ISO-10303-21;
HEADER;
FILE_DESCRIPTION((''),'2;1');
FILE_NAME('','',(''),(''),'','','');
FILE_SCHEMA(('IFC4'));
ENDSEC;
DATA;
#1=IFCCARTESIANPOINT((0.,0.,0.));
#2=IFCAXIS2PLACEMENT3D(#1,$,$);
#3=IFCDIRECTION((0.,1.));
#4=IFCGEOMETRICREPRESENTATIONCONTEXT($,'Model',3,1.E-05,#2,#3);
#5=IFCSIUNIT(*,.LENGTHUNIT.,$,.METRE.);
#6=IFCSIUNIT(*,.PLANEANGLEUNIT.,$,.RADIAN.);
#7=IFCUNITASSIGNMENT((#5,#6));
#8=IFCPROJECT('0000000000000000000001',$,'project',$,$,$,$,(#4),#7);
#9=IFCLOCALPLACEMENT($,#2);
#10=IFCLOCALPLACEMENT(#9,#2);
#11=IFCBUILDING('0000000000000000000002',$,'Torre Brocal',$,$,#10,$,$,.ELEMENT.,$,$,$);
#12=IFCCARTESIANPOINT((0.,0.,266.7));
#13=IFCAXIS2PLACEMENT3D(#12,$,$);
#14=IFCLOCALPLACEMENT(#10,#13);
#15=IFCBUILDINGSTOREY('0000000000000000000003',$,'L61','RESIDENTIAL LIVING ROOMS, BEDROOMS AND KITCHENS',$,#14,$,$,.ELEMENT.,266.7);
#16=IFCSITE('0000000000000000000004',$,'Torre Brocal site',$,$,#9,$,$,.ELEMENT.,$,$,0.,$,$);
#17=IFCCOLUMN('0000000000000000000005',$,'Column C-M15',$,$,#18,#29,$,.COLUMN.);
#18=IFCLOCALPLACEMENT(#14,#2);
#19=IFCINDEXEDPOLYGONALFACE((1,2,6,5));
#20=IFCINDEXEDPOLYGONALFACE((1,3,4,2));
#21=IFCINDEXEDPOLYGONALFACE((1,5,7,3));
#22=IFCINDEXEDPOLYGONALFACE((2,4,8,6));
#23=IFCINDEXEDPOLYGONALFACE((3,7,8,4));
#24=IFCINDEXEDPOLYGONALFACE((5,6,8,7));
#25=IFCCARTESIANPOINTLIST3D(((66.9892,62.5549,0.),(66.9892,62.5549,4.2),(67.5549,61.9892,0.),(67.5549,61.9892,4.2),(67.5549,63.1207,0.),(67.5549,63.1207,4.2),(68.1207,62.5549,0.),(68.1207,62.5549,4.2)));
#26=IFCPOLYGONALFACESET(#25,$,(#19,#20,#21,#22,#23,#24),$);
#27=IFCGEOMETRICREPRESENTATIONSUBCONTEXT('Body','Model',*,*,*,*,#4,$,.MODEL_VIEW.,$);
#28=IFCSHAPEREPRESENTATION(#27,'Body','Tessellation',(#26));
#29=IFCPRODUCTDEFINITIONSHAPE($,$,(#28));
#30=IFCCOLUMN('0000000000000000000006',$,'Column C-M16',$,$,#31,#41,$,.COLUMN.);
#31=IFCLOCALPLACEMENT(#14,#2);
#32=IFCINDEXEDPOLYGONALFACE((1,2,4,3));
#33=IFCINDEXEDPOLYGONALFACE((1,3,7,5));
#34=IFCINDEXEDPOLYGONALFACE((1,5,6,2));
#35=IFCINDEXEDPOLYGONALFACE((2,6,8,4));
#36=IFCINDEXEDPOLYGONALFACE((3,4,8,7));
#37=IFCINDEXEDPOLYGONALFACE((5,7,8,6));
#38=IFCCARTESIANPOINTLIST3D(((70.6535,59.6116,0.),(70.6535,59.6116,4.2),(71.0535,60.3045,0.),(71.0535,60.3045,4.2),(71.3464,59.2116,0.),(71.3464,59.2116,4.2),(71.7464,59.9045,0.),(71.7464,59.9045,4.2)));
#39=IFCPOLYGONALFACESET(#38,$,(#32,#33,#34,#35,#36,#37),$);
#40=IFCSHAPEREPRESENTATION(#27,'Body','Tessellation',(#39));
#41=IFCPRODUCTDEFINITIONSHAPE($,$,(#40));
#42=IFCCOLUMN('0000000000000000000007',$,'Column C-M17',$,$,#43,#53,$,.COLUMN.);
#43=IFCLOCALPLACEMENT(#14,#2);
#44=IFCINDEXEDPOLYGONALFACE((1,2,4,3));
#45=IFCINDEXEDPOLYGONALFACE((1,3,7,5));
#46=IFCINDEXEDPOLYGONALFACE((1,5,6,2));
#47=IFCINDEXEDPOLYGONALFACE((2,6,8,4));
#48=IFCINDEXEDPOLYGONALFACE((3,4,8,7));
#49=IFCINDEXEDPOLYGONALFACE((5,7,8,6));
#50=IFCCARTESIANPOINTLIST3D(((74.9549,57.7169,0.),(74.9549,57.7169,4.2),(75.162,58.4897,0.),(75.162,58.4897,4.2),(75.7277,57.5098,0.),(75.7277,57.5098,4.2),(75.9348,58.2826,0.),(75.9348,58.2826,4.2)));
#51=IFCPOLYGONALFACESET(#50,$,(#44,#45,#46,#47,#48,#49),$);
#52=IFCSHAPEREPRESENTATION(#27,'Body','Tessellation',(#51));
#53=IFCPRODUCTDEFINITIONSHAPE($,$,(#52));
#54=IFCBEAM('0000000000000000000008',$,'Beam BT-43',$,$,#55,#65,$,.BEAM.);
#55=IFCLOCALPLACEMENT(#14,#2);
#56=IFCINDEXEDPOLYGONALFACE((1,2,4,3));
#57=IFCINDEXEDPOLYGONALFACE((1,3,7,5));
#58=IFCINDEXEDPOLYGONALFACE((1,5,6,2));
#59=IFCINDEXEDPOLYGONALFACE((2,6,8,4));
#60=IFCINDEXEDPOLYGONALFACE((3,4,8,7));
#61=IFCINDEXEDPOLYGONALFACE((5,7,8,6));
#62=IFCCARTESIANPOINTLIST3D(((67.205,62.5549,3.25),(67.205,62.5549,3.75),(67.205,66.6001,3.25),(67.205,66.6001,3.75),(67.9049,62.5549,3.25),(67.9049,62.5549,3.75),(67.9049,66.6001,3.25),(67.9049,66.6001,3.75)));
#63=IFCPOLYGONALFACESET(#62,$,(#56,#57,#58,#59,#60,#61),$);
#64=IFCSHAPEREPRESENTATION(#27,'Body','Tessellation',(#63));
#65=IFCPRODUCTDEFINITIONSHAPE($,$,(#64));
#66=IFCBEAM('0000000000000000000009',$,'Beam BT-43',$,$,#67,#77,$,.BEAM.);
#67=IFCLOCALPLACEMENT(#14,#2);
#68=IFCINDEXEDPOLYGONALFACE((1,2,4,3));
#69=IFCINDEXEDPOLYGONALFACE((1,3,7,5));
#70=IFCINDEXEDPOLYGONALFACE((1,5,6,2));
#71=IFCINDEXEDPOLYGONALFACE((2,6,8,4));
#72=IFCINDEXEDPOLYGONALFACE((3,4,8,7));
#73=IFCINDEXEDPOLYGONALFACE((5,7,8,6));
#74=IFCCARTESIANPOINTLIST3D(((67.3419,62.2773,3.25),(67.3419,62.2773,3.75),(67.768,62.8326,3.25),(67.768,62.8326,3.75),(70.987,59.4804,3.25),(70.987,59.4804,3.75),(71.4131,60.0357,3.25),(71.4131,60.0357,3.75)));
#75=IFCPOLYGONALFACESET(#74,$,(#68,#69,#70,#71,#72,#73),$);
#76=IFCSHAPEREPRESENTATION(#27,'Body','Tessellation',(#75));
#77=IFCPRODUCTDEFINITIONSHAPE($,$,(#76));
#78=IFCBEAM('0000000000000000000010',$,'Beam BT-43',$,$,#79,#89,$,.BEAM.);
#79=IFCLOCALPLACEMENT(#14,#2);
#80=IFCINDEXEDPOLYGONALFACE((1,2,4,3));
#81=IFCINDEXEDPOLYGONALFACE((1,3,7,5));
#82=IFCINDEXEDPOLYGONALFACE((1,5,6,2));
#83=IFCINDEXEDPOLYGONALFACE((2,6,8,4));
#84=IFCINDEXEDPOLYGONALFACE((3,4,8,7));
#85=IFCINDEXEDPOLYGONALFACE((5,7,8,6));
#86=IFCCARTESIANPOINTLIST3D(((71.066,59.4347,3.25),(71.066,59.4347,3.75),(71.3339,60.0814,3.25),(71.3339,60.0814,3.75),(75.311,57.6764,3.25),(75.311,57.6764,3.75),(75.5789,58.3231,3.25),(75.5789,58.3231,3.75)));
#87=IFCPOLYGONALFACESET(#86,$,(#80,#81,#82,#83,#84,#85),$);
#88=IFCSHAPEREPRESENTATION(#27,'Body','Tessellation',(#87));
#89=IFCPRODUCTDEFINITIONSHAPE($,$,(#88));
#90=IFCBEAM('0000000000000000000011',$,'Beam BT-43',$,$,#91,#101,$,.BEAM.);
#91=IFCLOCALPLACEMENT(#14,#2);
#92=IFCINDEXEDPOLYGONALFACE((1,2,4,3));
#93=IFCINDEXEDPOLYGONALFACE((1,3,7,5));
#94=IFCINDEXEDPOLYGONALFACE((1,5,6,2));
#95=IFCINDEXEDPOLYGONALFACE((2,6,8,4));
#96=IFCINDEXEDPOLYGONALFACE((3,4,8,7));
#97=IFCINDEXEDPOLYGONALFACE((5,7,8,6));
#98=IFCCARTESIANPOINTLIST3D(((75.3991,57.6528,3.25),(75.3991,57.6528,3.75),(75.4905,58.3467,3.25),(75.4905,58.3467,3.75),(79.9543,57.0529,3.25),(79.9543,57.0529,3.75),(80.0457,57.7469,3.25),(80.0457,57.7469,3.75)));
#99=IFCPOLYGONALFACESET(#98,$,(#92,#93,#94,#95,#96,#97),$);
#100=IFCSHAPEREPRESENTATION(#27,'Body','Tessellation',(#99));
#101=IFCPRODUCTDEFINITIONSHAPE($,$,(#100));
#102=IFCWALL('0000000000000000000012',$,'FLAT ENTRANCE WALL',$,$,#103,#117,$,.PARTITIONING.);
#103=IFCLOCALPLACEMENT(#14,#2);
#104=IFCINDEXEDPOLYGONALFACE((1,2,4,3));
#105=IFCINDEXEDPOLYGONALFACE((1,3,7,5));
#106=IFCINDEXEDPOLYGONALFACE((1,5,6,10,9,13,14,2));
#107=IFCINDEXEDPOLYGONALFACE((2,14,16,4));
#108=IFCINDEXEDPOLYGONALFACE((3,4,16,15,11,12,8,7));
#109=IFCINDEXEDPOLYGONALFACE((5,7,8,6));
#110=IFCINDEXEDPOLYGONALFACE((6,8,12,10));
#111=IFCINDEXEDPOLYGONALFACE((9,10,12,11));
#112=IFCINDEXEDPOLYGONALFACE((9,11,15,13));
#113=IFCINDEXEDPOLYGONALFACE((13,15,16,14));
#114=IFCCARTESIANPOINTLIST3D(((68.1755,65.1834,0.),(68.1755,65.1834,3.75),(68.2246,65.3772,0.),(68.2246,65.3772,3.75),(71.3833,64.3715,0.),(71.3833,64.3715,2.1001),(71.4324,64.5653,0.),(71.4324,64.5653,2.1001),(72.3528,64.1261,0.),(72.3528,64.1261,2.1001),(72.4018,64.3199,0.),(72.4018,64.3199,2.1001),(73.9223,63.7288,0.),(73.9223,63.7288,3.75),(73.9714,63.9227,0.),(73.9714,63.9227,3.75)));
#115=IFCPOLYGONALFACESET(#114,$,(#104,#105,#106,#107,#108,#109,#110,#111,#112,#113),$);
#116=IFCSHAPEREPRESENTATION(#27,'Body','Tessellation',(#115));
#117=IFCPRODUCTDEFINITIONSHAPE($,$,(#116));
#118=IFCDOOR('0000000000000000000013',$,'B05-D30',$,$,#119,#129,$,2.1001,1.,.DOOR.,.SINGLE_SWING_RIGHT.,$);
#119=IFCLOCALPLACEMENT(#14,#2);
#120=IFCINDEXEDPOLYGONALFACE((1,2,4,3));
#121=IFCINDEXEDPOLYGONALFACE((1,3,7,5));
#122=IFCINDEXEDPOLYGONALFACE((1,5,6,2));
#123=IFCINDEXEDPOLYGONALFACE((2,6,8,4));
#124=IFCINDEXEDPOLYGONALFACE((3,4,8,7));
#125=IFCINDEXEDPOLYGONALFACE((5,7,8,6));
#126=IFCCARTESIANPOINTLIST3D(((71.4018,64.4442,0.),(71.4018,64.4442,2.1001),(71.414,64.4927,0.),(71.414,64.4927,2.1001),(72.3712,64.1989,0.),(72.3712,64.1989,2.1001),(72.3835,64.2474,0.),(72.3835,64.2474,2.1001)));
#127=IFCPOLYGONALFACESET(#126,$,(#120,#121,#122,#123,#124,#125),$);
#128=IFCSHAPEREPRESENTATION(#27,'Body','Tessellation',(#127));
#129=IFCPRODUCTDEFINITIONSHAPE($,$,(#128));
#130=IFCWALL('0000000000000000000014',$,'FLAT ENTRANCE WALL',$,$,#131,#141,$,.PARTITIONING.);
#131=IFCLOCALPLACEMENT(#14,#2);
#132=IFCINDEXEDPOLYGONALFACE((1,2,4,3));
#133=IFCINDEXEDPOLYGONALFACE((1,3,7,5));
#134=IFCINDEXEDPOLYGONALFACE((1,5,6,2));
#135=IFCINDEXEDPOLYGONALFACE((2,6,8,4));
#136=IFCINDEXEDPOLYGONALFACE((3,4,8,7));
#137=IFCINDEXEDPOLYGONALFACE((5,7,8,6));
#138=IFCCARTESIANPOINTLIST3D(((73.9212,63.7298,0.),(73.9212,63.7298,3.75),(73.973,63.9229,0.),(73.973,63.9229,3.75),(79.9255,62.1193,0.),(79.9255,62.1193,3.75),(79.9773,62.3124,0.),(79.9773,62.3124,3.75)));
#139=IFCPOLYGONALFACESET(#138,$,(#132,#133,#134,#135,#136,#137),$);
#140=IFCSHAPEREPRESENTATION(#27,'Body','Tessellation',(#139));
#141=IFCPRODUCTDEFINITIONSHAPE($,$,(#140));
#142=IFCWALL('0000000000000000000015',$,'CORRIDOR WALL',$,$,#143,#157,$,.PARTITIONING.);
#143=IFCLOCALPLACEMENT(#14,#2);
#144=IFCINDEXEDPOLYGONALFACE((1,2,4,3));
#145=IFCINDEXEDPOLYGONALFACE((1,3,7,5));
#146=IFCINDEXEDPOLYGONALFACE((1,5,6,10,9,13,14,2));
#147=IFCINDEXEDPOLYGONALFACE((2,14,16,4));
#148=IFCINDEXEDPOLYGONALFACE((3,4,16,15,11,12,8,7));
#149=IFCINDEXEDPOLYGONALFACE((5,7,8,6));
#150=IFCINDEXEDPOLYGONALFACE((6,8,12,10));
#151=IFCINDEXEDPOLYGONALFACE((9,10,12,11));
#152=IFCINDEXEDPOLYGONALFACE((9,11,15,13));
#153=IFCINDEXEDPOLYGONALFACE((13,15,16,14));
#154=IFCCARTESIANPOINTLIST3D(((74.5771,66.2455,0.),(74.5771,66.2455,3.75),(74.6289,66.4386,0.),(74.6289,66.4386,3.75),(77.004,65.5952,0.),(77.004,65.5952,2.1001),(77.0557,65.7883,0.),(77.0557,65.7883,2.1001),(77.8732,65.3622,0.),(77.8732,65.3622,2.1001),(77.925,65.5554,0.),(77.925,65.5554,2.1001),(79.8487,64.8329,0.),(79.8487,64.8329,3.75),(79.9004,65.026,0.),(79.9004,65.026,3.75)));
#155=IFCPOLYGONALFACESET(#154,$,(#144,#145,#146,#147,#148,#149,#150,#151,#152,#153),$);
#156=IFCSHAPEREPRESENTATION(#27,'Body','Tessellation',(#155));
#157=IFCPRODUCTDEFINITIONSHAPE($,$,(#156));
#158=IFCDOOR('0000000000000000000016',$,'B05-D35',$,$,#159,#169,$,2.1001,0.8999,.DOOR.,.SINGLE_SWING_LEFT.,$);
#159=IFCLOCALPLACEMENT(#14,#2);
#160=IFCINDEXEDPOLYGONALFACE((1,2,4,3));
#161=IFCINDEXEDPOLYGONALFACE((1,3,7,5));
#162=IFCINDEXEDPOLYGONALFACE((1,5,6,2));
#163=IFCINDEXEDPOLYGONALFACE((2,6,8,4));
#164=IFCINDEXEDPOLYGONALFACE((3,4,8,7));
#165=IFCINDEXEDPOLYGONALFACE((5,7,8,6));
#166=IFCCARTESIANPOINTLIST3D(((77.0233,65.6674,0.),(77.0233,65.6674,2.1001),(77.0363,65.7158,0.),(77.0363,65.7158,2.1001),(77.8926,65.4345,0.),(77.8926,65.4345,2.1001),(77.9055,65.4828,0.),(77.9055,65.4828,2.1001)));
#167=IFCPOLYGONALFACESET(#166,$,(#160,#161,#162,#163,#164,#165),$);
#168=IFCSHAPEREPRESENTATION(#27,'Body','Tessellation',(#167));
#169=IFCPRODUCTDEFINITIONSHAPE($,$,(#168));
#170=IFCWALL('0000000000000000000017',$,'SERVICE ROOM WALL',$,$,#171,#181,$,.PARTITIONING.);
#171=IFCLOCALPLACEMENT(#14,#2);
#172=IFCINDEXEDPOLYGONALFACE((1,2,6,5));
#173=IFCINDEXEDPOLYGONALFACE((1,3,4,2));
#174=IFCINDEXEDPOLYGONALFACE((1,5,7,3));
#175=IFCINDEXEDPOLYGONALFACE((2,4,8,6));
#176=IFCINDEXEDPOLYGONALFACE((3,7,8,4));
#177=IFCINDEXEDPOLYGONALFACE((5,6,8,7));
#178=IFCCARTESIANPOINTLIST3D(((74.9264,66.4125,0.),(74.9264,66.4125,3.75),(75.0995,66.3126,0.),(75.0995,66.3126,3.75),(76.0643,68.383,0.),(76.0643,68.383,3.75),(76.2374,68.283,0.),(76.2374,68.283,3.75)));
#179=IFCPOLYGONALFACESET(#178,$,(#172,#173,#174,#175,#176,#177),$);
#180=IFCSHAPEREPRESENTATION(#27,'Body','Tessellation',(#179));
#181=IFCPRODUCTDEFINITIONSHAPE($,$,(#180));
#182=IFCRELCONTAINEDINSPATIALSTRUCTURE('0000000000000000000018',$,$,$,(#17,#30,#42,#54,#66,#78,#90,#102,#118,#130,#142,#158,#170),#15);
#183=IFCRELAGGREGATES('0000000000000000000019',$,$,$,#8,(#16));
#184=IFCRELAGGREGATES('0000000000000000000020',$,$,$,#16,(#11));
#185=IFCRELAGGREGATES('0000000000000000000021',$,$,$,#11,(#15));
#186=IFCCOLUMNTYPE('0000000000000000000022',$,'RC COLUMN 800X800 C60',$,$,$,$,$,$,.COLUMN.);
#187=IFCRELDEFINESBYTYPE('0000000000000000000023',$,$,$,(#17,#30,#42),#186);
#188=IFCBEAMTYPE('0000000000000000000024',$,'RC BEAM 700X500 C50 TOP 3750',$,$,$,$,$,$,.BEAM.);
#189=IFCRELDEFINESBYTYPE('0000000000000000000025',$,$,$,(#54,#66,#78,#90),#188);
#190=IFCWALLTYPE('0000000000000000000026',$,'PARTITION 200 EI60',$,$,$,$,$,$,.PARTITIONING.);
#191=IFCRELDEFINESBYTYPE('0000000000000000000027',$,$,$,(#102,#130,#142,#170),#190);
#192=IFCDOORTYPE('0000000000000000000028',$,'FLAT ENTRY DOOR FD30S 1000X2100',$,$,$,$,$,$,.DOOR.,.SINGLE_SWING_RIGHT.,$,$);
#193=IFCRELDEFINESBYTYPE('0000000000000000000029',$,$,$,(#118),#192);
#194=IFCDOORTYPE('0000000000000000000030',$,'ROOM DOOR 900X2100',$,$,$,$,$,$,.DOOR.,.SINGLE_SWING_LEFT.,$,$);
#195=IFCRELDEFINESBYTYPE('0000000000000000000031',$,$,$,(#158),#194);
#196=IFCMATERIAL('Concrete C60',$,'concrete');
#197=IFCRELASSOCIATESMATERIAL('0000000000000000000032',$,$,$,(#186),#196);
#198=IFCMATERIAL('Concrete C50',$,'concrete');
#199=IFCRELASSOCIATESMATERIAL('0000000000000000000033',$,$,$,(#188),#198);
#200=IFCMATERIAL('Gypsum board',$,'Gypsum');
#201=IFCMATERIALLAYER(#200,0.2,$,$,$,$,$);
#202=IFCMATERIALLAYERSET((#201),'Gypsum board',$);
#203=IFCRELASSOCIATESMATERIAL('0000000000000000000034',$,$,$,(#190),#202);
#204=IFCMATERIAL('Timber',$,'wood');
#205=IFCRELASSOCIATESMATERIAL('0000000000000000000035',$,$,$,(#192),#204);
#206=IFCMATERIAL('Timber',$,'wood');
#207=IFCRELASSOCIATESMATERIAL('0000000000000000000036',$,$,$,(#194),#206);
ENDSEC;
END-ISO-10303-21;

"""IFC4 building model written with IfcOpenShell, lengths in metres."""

from ifc_helpers import new_model, si_unit, direction, frame, frame_2d, origin, origin_2d, place, context, subcontext, project, spatial, rectangle, extrude, material, layer, layer_set, material_profile, profile_set, type_object, element, fill, save


model = new_model("IFC4")

# Units and contexts
model_context = context("Model", 3, precision=1e-05, world=origin(), true_north=direction((0.0, 1.0)))
body_context = subcontext(model_context, "Body", "Model", "MODEL_VIEW")
ifc_project = project(units=[si_unit("LENGTHUNIT", "METRE"), si_unit("PLANEANGLEUNIT", "RADIAN")], contexts=[model_context])

# Site, building, storey
site_placement = place(None, origin())
site = spatial("IfcSite", under=ifc_project, at=site_placement, Name="Torre Brocal site", CompositionType="ELEMENT", RefElevation=0.0)
building_placement = place(site_placement, origin())
building = spatial("IfcBuilding", under=site, at=building_placement, Name="Torre Brocal", CompositionType="ELEMENT")
storey_placement = place(building_placement, frame((0.0, 0.0, 266.7)))
storey = spatial("IfcBuildingStorey", under=building, at=storey_placement, Name="L61", Description="RESIDENTIAL LIVING ROOMS, BEDROOMS AND KITCHENS", CompositionType="ELEMENT", Elevation=266.7)

# Columns
ifc_material_1 = material(Name="Concrete C60", Category="concrete")
ifc_material_profile_1 = material_profile(ifc_material_1, rectangle(XDim=0.8, YDim=0.8, at=origin_2d()), Name="RC 800X800")
ifc_profile_set_1 = profile_set([ifc_material_profile_1], Name="Concrete C60")
column_type = type_object("IfcColumnType", Name="RC COLUMN 800X800 C60", PredefinedType="COLUMN", material=ifc_profile_set_1)
for number, where, z_axis, x_axis, name in (
    (1, (67.5549, 62.5549, 0.0), (0.0, 0.0, 1.0), (-0.707107, -0.707107, 0.0), "Column C-M15"),
    (2, (71.2, 59.7581, 0.0), (0.0, 0.0, 1.0), (-0.5, -0.866025, 0.0), "Column C-M16"),
    (3, (75.4448, 57.9998, 0.0), (0.0, 0.0, 1.0), (-0.258819, -0.965926, 0.0), "Column C-M17"),
):
    element("IfcColumn", number, at=place(storey_placement, frame(where, z_axis=z_axis, x_axis=x_axis)), inside=storey, type_object=column_type, Name=name, PredefinedType="COLUMN", context=body_context, shape_type="SweptSolid", body=[
        extrude(rectangle(XDim=0.8, YDim=0.8, at=origin_2d()), origin(), (0.0, 0.0, 1.0), 4.2),
    ])

# Beams
ifc_material_2 = material(Name="Concrete C50", Category="concrete")
ifc_material_profile_2 = material_profile(ifc_material_2, rectangle(XDim=0.7, YDim=0.5, at=origin_2d()), Name="RC 700X500")
ifc_profile_set_2 = profile_set([ifc_material_profile_2], Name="Concrete C50")
beam_type = type_object("IfcBeamType", Name="RC BEAM 700X500 C50 TOP 3750", PredefinedType="BEAM", material=ifc_profile_set_2)
beam_1_placement = place(storey_placement, frame((67.5549, 62.5549, 3.5), z_axis=(0.0, 1.0, 0.0), x_axis=(-1.0, 0.0, 0.0)))
element("IfcBeam", 4, at=beam_1_placement, inside=storey, type_object=beam_type, Name="Beam BT-43", PredefinedType="BEAM", context=body_context, shape_type="SweptSolid", body=[
    extrude(rectangle(XDim=0.7, YDim=0.5, at=origin_2d()), origin(), (0.0, 0.0, 1.0), 4.0452),
])
beam_2_placement = place(storey_placement, frame((67.5549, 62.5549, 3.5), z_axis=(0.793358, -0.608755, 0.0), x_axis=(0.608755, 0.793358, 0.0)))
element("IfcBeam", 5, at=beam_2_placement, inside=storey, type_object=beam_type, Name="Beam BT-43", PredefinedType="BEAM", context=body_context, shape_type="SweptSolid", body=[
    extrude(rectangle(XDim=0.7, YDim=0.5, at=origin_2d()), origin(), (0.0, 0.0, 1.0), 4.5945),
])
beam_3_placement = place(storey_placement, frame((71.2, 59.7581, 3.5), z_axis=(0.923878, -0.382687, 0.0), x_axis=(0.382687, 0.923878, 0.0)))
element("IfcBeam", 6, at=beam_3_placement, inside=storey, type_object=beam_type, Name="Beam BT-43", PredefinedType="BEAM", context=body_context, shape_type="SweptSolid", body=[
    extrude(rectangle(XDim=0.7, YDim=0.5, at=origin_2d()), origin(), (0.0, 0.0, 1.0), 4.5947),
])
beam_4_placement = place(storey_placement, frame((75.4448, 57.9998, 3.5), z_axis=(0.991441, -0.130559, 0.0), x_axis=(0.130559, 0.991441, 0.0)))
element("IfcBeam", 7, at=beam_4_placement, inside=storey, type_object=beam_type, Name="Beam BT-43", PredefinedType="BEAM", context=body_context, shape_type="SweptSolid", body=[
    extrude(rectangle(XDim=0.7, YDim=0.5, at=origin_2d()), origin(), (0.0, 0.0, 1.0), 4.5945),
])

# Wall, opening, door
ifc_material_3 = material(Name="Gypsum board", Category="Gypsum")
ifc_layer = layer(ifc_material_3, 0.2)
ifc_layer_set = layer_set([ifc_layer], Name="Gypsum board")
wall_type = type_object("IfcWallType", Name="PARTITION 200 EI60", PredefinedType="PARTITIONING", material=ifc_layer_set)
wall_1_placement = place(storey_placement, frame((68.2002, 65.2803, 0.0), z_axis=(0.0, 0.0, 1.0), x_axis=(0.969429, -0.245374, 0.0)))
wall_1 = element("IfcWall", 8, at=wall_1_placement, inside=storey, type_object=wall_type, Name="FLAT ENTRANCE WALL", PredefinedType="PARTITIONING", context=body_context, shape_type="SweptSolid", body=[
    extrude(rectangle(XDim=5.928, YDim=0.2, at=frame_2d((2.9639, 0.0))), origin(), (0.0, 0.0, 1.0), 3.75),
])
opening_1_placement = place(wall_1_placement, frame((3.3088, 0.0, 0.0)))
opening_1 = element("IfcOpeningElement", 9, at=opening_1_placement, cuts=wall_1, PredefinedType="OPENING", context=body_context, shape_type="SweptSolid", body=[
    extrude(rectangle(XDim=1.0, YDim=2.1001, at=frame_2d((0.5, 1.05))), frame((0.0, 0.1099, 0.0), z_axis=(0.0, -1.0, 0.0), x_axis=(1.0, 0.0, 0.0)), (0.0, 0.0, 1.0), 0.22),
])
ifc_material_4 = material(Name="Timber", Category="wood")
door_type_1 = type_object("IfcDoorType", Name="FLAT ENTRY DOOR FD30S 1000X2100", OperationType="SINGLE_SWING_RIGHT", PredefinedType="DOOR", material=ifc_material_4)
door_1_placement = place(opening_1_placement, frame((1.0, 0.0, 0.0), z_axis=(0.0, 0.0, 1.0), x_axis=(-1.0, 0.0, 0.0)))
door_1 = element("IfcDoor", 10, at=door_1_placement, inside=storey, type_object=door_type_1, Name="B05-D30", OperationType="SINGLE_SWING_RIGHT", OverallHeight=2.1001, OverallWidth=1.0, PredefinedType="DOOR", context=body_context, shape_type="SweptSolid", body=[
    extrude(rectangle(XDim=1.0, YDim=2.1001, at=frame_2d((0.5, 1.05))), frame((0.0, 0.0249, 0.0), z_axis=(0.0, -1.0, 0.0), x_axis=(1.0, 0.0, 0.0)), (0.0, 0.0, 1.0), 0.05),
])
fill(opening_1, door_1)

# Wall
wall_2_placement = place(storey_placement, frame((73.947, 63.8264, 0.0), z_axis=(0.0, 0.0, 1.0), x_axis=(0.965857, -0.259078, 0.0)))
element("IfcWall", 11, at=wall_2_placement, inside=storey, type_object=wall_type, Name="FLAT ENTRANCE WALL", PredefinedType="PARTITIONING", context=body_context, shape_type="SweptSolid", body=[
    extrude(rectangle(XDim=6.2166, YDim=0.2, at=frame_2d((3.1084, 0.0))), origin(), (0.0, 0.0, 1.0), 3.75),
])

# Wall, opening, door
wall_3_placement = place(storey_placement, frame((74.603, 66.342, 0.0), z_axis=(0.0, 0.0, 1.0), x_axis=(0.965921, -0.258837, 0.0)))
wall_3 = element("IfcWall", 12, at=wall_3_placement, inside=storey, type_object=wall_type, Name="CORRIDOR WALL", PredefinedType="PARTITIONING", context=body_context, shape_type="SweptSolid", body=[
    extrude(rectangle(XDim=5.4575, YDim=0.2, at=frame_2d((2.7288, 0.0))), origin(), (0.0, 0.0, 1.0), 3.75),
])
opening_2_placement = place(wall_3_placement, frame((2.5125, 0.0, 0.0)))
opening_2 = element("IfcOpeningElement", 13, at=opening_2_placement, cuts=wall_3, PredefinedType="OPENING", context=body_context, shape_type="SweptSolid", body=[
    extrude(rectangle(XDim=0.8999, YDim=2.1001, at=frame_2d((0.45, 1.05))), frame((0.0, 0.1099, 0.0), z_axis=(0.0, -1.0, 0.0), x_axis=(1.0, 0.0, 0.0)), (0.0, 0.0, 1.0), 0.22),
])
ifc_material_5 = material(Name="Timber", Category="wood")
door_type_2 = type_object("IfcDoorType", Name="ROOM DOOR 900X2100", OperationType="SINGLE_SWING_LEFT", PredefinedType="DOOR", material=ifc_material_5)
door_2_placement = place(opening_2_placement, origin())
door_2 = element("IfcDoor", 14, at=door_2_placement, inside=storey, type_object=door_type_2, Name="B05-D35", OperationType="SINGLE_SWING_LEFT", OverallHeight=2.1001, OverallWidth=0.8999, PredefinedType="DOOR", context=body_context, shape_type="SweptSolid", body=[
    extrude(rectangle(XDim=0.8999, YDim=2.1001, at=frame_2d((0.45, 1.05))), frame((0.0, 0.0249, 0.0), z_axis=(0.0, -1.0, 0.0), x_axis=(1.0, 0.0, 0.0)), (0.0, 0.0, 1.0), 0.05),
])
fill(opening_2, door_2)

# Wall
wall_4_placement = place(storey_placement, frame((75.0129, 66.3625, 0.0), z_axis=(0.0, 0.0, 1.0), x_axis=(0.500097, 0.865969, 0.0)))
element("IfcWall", 15, at=wall_4_placement, inside=storey, type_object=wall_type, Name="SERVICE ROOM WALL", PredefinedType="PARTITIONING", context=body_context, shape_type="SweptSolid", body=[
    extrude(rectangle(XDim=2.2754, YDim=0.2, at=frame_2d((1.1377, 0.0))), origin(), (0.0, 0.0, 1.0), 3.75),
])

save(model, "model.ifc")
